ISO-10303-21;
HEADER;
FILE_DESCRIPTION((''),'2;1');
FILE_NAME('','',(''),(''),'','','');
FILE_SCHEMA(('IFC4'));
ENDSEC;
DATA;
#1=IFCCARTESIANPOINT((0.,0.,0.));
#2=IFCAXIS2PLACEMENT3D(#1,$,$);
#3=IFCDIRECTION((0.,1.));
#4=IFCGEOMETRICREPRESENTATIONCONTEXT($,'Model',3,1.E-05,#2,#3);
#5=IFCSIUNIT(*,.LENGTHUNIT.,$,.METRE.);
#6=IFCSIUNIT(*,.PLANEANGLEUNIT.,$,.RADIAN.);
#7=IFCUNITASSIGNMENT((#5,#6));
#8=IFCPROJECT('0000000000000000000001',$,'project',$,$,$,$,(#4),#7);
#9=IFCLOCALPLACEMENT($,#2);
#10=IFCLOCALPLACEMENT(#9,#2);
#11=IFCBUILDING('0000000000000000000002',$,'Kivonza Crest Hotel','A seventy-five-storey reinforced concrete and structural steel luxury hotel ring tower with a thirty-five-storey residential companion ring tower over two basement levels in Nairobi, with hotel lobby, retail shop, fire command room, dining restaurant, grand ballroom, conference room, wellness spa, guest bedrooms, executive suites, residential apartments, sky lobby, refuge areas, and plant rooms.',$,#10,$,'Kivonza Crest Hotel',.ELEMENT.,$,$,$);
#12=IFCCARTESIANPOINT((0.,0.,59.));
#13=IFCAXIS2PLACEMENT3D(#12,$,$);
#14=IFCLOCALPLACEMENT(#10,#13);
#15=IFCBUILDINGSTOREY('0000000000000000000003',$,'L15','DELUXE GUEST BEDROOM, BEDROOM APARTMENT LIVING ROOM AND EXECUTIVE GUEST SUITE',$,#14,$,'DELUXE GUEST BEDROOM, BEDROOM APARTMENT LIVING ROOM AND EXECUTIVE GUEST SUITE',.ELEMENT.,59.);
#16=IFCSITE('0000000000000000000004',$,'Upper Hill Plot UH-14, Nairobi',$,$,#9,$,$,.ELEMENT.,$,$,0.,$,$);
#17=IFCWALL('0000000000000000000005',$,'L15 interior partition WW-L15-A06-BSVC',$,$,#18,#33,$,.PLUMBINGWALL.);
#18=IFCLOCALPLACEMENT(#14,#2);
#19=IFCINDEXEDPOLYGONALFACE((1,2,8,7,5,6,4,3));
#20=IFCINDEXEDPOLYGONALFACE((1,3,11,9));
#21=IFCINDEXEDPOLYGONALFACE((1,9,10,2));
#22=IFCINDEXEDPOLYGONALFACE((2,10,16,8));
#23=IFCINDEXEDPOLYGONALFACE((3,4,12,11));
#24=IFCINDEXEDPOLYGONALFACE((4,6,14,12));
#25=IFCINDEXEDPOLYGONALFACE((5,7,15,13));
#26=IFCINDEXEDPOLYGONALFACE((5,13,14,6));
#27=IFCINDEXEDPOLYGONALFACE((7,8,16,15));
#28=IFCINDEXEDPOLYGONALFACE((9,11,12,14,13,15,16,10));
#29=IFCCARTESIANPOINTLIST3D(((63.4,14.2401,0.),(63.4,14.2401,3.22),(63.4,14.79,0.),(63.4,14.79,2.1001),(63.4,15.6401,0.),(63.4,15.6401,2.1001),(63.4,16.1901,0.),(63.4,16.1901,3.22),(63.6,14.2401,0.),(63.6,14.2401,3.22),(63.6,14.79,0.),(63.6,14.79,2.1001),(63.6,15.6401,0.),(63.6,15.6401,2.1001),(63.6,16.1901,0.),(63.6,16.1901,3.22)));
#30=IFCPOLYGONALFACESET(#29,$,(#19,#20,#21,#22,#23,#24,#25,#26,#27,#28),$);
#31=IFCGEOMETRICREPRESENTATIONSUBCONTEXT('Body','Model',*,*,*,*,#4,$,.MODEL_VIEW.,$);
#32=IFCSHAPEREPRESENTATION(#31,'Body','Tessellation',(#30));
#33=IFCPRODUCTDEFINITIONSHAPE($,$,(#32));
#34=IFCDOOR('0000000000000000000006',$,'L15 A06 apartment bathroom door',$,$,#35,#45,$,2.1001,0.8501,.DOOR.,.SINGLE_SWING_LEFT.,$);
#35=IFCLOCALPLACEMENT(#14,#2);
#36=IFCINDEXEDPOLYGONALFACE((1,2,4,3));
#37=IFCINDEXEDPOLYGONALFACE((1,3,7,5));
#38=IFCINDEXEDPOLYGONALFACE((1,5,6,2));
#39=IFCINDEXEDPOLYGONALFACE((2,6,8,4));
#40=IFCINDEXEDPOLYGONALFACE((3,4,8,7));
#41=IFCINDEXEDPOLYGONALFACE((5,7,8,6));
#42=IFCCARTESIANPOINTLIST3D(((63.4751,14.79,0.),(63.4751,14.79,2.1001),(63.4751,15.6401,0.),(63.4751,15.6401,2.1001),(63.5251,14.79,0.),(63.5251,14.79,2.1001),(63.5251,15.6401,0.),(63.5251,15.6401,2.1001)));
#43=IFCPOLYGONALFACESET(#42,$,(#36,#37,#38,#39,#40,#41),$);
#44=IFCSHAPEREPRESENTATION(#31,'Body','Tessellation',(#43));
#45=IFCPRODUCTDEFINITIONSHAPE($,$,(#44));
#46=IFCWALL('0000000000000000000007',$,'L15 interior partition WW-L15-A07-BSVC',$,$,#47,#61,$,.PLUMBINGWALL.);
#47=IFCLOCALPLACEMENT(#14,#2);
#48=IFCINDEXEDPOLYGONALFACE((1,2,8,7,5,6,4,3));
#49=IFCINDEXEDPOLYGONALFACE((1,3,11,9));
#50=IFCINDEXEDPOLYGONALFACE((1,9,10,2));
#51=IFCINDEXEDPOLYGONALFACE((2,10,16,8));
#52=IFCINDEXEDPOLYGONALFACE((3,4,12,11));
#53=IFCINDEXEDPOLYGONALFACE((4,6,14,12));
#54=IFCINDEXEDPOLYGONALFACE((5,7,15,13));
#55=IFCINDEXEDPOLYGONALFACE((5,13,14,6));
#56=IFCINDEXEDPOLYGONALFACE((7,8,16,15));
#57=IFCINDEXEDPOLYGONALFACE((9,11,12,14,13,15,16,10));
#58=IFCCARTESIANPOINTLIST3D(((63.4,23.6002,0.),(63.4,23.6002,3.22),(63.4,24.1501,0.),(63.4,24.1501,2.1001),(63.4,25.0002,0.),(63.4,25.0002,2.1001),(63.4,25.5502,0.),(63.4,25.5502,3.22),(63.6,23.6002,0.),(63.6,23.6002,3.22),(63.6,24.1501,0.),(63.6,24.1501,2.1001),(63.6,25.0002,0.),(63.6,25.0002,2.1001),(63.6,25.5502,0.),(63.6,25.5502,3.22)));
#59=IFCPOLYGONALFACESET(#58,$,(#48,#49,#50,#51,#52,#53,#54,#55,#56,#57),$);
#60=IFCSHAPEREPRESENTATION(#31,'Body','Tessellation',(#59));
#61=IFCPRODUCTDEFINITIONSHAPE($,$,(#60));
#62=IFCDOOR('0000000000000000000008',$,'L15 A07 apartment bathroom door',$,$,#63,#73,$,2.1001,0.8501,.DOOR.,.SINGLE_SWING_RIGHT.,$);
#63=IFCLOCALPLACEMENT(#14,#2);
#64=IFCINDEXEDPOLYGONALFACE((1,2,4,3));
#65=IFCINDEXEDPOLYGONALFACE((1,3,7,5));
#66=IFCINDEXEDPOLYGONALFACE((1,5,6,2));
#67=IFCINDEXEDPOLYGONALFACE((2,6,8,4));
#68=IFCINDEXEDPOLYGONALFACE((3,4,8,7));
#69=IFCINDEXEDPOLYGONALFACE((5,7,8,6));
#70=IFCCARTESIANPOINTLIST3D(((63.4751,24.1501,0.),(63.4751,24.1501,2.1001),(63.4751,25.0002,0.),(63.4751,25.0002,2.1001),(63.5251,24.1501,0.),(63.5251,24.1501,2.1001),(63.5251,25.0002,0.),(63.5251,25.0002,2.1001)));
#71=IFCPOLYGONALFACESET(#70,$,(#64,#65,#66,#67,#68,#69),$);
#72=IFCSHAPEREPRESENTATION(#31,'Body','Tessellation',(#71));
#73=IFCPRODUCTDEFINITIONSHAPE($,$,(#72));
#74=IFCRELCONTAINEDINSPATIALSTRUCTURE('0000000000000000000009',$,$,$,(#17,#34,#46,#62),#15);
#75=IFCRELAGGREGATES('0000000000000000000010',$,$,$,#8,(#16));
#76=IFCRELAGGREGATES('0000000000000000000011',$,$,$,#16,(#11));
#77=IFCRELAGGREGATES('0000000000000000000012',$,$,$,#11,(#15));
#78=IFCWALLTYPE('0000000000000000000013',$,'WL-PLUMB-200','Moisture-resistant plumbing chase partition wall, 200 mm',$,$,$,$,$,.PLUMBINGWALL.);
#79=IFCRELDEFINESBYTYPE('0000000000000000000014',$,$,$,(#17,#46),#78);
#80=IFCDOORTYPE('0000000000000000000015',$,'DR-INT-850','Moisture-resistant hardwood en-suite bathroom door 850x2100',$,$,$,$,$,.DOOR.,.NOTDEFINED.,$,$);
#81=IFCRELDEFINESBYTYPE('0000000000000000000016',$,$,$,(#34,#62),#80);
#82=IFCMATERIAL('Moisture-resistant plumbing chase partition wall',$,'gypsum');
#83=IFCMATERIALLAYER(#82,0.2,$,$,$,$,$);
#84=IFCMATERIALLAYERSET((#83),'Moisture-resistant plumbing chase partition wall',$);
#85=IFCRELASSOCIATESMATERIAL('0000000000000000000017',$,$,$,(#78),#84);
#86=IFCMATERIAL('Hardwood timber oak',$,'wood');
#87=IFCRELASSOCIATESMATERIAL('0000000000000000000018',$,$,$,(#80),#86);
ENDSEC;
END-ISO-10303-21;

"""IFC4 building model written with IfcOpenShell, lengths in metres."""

from ifc_helpers import new_model, si_unit, direction, frame, frame_2d, origin, place, context, subcontext, project, spatial, rectangle, extrude, material, layer, layer_set, type_object, element, fill, save


model = new_model("IFC4")

# Units and contexts
model_context = context("Model", 3, precision=1e-05, world=origin(), true_north=direction((0.0, 1.0)))
body_context = subcontext(model_context, "Body", "Model", "MODEL_VIEW")
ifc_project = project(units=[si_unit("LENGTHUNIT", "METRE"), si_unit("PLANEANGLEUNIT", "RADIAN")], contexts=[model_context])

# Site, building, storey
site_placement = place(None, origin())
site = spatial("IfcSite", under=ifc_project, at=site_placement, Name="Upper Hill Plot UH-14, Nairobi", CompositionType="ELEMENT", RefElevation=0.0)
building_placement = place(site_placement, origin())
building = spatial("IfcBuilding", under=site, at=building_placement, Name="Kivonza Crest Hotel", Description="A seventy-five-storey reinforced concrete and structural steel luxury hotel ring tower with a thirty-five-storey residential companion ring tower over two basement levels in Nairobi, with hotel lobby, retail shop, fire command room, dining restaurant, grand ballroom, conference room, wellness spa, guest bedrooms, executive suites, residential apartments, sky lobby, refuge areas, and plant rooms.", LongName="Kivonza Crest Hotel", CompositionType="ELEMENT")
storey_placement = place(building_placement, frame((0.0, 0.0, 59.0)))
storey = spatial("IfcBuildingStorey", under=building, at=storey_placement, Name="L15", Description="DELUXE GUEST BEDROOM, BEDROOM APARTMENT LIVING ROOM AND EXECUTIVE GUEST SUITE", LongName="DELUXE GUEST BEDROOM, BEDROOM APARTMENT LIVING ROOM AND EXECUTIVE GUEST SUITE", CompositionType="ELEMENT", Elevation=59.0)

# Shared definitions
ifc_material_1 = material(Name="Hardwood timber oak", Category="wood")

# Shared definitions
ifc_material_2 = material(Name="Moisture-resistant plumbing chase partition wall", Category="gypsum")
ifc_layer_1 = layer(ifc_material_2, 0.2)
ifc_layer_set_1 = layer_set([ifc_layer_1], Name="Moisture-resistant plumbing chase partition wall")
wall_type_1 = type_object("IfcWallType", Name="WL-PLUMB-200", Description="Moisture-resistant plumbing chase partition wall, 200 mm", PredefinedType="PLUMBINGWALL", material=ifc_layer_set_1)

# Walls, openings, doors
wall_1_placement = place(storey_placement, frame((63.5, 14.24, 0.0), z_axis=(0.0, 0.0, 1.0), x_axis=(0.0, 1.0, 0.0)))
wall_1 = element("IfcWall", 1, at=wall_1_placement, inside=storey, type_object=wall_type_1, Name="L15 interior partition WW-L15-A06-BSVC", PredefinedType="PLUMBINGWALL", context=body_context, shape_type="SweptSolid", body=[
    extrude(rectangle(XDim=1.95, YDim=0.2, at=frame_2d((0.9751, 0.0))), origin(), (0.0, 0.0, 1.0), 3.22),
])
opening_1_placement = place(wall_1_placement, frame((0.55, 0.0, 0.0)))
opening_1 = element("IfcOpeningElement", 2, at=opening_1_placement, cuts=wall_1, PredefinedType="OPENING", context=body_context, shape_type="SweptSolid", body=[
    extrude(rectangle(XDim=0.8501, YDim=2.1001, at=frame_2d((0.425, 1.05))), frame((0.0, 0.1099, 0.0), z_axis=(0.0, -1.0, 0.0), x_axis=(1.0, 0.0, 0.0)), (0.0, 0.0, 1.0), 0.22),
])
door_type_1 = type_object("IfcDoorType", Name="DR-INT-850", Description="Moisture-resistant hardwood en-suite bathroom door 850x2100", OperationType="NOTDEFINED", PredefinedType="DOOR", material=ifc_material_1)
door_1_placement = place(opening_1_placement, origin())
door_1 = element("IfcDoor", 3, at=door_1_placement, inside=storey, type_object=door_type_1, Name="L15 A06 apartment bathroom door", OperationType="SINGLE_SWING_LEFT", OverallHeight=2.1001, OverallWidth=0.8501, PredefinedType="DOOR", context=body_context, shape_type="SweptSolid", body=[
    extrude(rectangle(XDim=0.8501, YDim=2.1001, at=frame_2d((0.425, 1.05))), frame((0.0, 0.0249, 0.0), z_axis=(0.0, -1.0, 0.0), x_axis=(1.0, 0.0, 0.0)), (0.0, 0.0, 1.0), 0.05),
])
fill(opening_1, door_1)
wall_2_placement = place(storey_placement, frame((63.5, 23.6001, 0.0), z_axis=(0.0, 0.0, 1.0), x_axis=(0.0, 1.0, 0.0)))
wall_2 = element("IfcWall", 4, at=wall_2_placement, inside=storey, type_object=wall_type_1, Name="L15 interior partition WW-L15-A07-BSVC", PredefinedType="PLUMBINGWALL", context=body_context, shape_type="SweptSolid", body=[
    extrude(rectangle(XDim=1.95, YDim=0.2, at=frame_2d((0.9751, 0.0))), origin(), (0.0, 0.0, 1.0), 3.22),
])
opening_2_placement = place(wall_2_placement, frame((0.55, 0.0, 0.0)))
opening_2 = element("IfcOpeningElement", 5, at=opening_2_placement, cuts=wall_2, PredefinedType="OPENING", context=body_context, shape_type="SweptSolid", body=[
    extrude(rectangle(XDim=0.8501, YDim=2.1001, at=frame_2d((0.425, 1.05))), frame((0.0, 0.1099, 0.0), z_axis=(0.0, -1.0, 0.0), x_axis=(1.0, 0.0, 0.0)), (0.0, 0.0, 1.0), 0.22),
])
door_2_placement = place(opening_2_placement, origin())
door_2 = element("IfcDoor", 6, at=door_2_placement, inside=storey, type_object=door_type_1, Name="L15 A07 apartment bathroom door", OperationType="SINGLE_SWING_RIGHT", OverallHeight=2.1001, OverallWidth=0.8501, PredefinedType="DOOR", context=body_context, shape_type="SweptSolid", body=[
    extrude(rectangle(XDim=0.8501, YDim=2.1001, at=frame_2d((0.425, 1.05))), frame((0.0, 0.0249, 0.0), z_axis=(0.0, -1.0, 0.0), x_axis=(1.0, 0.0, 0.0)), (0.0, 0.0, 1.0), 0.05),
])
fill(opening_2, door_2)

save(model, "model.ifc")
